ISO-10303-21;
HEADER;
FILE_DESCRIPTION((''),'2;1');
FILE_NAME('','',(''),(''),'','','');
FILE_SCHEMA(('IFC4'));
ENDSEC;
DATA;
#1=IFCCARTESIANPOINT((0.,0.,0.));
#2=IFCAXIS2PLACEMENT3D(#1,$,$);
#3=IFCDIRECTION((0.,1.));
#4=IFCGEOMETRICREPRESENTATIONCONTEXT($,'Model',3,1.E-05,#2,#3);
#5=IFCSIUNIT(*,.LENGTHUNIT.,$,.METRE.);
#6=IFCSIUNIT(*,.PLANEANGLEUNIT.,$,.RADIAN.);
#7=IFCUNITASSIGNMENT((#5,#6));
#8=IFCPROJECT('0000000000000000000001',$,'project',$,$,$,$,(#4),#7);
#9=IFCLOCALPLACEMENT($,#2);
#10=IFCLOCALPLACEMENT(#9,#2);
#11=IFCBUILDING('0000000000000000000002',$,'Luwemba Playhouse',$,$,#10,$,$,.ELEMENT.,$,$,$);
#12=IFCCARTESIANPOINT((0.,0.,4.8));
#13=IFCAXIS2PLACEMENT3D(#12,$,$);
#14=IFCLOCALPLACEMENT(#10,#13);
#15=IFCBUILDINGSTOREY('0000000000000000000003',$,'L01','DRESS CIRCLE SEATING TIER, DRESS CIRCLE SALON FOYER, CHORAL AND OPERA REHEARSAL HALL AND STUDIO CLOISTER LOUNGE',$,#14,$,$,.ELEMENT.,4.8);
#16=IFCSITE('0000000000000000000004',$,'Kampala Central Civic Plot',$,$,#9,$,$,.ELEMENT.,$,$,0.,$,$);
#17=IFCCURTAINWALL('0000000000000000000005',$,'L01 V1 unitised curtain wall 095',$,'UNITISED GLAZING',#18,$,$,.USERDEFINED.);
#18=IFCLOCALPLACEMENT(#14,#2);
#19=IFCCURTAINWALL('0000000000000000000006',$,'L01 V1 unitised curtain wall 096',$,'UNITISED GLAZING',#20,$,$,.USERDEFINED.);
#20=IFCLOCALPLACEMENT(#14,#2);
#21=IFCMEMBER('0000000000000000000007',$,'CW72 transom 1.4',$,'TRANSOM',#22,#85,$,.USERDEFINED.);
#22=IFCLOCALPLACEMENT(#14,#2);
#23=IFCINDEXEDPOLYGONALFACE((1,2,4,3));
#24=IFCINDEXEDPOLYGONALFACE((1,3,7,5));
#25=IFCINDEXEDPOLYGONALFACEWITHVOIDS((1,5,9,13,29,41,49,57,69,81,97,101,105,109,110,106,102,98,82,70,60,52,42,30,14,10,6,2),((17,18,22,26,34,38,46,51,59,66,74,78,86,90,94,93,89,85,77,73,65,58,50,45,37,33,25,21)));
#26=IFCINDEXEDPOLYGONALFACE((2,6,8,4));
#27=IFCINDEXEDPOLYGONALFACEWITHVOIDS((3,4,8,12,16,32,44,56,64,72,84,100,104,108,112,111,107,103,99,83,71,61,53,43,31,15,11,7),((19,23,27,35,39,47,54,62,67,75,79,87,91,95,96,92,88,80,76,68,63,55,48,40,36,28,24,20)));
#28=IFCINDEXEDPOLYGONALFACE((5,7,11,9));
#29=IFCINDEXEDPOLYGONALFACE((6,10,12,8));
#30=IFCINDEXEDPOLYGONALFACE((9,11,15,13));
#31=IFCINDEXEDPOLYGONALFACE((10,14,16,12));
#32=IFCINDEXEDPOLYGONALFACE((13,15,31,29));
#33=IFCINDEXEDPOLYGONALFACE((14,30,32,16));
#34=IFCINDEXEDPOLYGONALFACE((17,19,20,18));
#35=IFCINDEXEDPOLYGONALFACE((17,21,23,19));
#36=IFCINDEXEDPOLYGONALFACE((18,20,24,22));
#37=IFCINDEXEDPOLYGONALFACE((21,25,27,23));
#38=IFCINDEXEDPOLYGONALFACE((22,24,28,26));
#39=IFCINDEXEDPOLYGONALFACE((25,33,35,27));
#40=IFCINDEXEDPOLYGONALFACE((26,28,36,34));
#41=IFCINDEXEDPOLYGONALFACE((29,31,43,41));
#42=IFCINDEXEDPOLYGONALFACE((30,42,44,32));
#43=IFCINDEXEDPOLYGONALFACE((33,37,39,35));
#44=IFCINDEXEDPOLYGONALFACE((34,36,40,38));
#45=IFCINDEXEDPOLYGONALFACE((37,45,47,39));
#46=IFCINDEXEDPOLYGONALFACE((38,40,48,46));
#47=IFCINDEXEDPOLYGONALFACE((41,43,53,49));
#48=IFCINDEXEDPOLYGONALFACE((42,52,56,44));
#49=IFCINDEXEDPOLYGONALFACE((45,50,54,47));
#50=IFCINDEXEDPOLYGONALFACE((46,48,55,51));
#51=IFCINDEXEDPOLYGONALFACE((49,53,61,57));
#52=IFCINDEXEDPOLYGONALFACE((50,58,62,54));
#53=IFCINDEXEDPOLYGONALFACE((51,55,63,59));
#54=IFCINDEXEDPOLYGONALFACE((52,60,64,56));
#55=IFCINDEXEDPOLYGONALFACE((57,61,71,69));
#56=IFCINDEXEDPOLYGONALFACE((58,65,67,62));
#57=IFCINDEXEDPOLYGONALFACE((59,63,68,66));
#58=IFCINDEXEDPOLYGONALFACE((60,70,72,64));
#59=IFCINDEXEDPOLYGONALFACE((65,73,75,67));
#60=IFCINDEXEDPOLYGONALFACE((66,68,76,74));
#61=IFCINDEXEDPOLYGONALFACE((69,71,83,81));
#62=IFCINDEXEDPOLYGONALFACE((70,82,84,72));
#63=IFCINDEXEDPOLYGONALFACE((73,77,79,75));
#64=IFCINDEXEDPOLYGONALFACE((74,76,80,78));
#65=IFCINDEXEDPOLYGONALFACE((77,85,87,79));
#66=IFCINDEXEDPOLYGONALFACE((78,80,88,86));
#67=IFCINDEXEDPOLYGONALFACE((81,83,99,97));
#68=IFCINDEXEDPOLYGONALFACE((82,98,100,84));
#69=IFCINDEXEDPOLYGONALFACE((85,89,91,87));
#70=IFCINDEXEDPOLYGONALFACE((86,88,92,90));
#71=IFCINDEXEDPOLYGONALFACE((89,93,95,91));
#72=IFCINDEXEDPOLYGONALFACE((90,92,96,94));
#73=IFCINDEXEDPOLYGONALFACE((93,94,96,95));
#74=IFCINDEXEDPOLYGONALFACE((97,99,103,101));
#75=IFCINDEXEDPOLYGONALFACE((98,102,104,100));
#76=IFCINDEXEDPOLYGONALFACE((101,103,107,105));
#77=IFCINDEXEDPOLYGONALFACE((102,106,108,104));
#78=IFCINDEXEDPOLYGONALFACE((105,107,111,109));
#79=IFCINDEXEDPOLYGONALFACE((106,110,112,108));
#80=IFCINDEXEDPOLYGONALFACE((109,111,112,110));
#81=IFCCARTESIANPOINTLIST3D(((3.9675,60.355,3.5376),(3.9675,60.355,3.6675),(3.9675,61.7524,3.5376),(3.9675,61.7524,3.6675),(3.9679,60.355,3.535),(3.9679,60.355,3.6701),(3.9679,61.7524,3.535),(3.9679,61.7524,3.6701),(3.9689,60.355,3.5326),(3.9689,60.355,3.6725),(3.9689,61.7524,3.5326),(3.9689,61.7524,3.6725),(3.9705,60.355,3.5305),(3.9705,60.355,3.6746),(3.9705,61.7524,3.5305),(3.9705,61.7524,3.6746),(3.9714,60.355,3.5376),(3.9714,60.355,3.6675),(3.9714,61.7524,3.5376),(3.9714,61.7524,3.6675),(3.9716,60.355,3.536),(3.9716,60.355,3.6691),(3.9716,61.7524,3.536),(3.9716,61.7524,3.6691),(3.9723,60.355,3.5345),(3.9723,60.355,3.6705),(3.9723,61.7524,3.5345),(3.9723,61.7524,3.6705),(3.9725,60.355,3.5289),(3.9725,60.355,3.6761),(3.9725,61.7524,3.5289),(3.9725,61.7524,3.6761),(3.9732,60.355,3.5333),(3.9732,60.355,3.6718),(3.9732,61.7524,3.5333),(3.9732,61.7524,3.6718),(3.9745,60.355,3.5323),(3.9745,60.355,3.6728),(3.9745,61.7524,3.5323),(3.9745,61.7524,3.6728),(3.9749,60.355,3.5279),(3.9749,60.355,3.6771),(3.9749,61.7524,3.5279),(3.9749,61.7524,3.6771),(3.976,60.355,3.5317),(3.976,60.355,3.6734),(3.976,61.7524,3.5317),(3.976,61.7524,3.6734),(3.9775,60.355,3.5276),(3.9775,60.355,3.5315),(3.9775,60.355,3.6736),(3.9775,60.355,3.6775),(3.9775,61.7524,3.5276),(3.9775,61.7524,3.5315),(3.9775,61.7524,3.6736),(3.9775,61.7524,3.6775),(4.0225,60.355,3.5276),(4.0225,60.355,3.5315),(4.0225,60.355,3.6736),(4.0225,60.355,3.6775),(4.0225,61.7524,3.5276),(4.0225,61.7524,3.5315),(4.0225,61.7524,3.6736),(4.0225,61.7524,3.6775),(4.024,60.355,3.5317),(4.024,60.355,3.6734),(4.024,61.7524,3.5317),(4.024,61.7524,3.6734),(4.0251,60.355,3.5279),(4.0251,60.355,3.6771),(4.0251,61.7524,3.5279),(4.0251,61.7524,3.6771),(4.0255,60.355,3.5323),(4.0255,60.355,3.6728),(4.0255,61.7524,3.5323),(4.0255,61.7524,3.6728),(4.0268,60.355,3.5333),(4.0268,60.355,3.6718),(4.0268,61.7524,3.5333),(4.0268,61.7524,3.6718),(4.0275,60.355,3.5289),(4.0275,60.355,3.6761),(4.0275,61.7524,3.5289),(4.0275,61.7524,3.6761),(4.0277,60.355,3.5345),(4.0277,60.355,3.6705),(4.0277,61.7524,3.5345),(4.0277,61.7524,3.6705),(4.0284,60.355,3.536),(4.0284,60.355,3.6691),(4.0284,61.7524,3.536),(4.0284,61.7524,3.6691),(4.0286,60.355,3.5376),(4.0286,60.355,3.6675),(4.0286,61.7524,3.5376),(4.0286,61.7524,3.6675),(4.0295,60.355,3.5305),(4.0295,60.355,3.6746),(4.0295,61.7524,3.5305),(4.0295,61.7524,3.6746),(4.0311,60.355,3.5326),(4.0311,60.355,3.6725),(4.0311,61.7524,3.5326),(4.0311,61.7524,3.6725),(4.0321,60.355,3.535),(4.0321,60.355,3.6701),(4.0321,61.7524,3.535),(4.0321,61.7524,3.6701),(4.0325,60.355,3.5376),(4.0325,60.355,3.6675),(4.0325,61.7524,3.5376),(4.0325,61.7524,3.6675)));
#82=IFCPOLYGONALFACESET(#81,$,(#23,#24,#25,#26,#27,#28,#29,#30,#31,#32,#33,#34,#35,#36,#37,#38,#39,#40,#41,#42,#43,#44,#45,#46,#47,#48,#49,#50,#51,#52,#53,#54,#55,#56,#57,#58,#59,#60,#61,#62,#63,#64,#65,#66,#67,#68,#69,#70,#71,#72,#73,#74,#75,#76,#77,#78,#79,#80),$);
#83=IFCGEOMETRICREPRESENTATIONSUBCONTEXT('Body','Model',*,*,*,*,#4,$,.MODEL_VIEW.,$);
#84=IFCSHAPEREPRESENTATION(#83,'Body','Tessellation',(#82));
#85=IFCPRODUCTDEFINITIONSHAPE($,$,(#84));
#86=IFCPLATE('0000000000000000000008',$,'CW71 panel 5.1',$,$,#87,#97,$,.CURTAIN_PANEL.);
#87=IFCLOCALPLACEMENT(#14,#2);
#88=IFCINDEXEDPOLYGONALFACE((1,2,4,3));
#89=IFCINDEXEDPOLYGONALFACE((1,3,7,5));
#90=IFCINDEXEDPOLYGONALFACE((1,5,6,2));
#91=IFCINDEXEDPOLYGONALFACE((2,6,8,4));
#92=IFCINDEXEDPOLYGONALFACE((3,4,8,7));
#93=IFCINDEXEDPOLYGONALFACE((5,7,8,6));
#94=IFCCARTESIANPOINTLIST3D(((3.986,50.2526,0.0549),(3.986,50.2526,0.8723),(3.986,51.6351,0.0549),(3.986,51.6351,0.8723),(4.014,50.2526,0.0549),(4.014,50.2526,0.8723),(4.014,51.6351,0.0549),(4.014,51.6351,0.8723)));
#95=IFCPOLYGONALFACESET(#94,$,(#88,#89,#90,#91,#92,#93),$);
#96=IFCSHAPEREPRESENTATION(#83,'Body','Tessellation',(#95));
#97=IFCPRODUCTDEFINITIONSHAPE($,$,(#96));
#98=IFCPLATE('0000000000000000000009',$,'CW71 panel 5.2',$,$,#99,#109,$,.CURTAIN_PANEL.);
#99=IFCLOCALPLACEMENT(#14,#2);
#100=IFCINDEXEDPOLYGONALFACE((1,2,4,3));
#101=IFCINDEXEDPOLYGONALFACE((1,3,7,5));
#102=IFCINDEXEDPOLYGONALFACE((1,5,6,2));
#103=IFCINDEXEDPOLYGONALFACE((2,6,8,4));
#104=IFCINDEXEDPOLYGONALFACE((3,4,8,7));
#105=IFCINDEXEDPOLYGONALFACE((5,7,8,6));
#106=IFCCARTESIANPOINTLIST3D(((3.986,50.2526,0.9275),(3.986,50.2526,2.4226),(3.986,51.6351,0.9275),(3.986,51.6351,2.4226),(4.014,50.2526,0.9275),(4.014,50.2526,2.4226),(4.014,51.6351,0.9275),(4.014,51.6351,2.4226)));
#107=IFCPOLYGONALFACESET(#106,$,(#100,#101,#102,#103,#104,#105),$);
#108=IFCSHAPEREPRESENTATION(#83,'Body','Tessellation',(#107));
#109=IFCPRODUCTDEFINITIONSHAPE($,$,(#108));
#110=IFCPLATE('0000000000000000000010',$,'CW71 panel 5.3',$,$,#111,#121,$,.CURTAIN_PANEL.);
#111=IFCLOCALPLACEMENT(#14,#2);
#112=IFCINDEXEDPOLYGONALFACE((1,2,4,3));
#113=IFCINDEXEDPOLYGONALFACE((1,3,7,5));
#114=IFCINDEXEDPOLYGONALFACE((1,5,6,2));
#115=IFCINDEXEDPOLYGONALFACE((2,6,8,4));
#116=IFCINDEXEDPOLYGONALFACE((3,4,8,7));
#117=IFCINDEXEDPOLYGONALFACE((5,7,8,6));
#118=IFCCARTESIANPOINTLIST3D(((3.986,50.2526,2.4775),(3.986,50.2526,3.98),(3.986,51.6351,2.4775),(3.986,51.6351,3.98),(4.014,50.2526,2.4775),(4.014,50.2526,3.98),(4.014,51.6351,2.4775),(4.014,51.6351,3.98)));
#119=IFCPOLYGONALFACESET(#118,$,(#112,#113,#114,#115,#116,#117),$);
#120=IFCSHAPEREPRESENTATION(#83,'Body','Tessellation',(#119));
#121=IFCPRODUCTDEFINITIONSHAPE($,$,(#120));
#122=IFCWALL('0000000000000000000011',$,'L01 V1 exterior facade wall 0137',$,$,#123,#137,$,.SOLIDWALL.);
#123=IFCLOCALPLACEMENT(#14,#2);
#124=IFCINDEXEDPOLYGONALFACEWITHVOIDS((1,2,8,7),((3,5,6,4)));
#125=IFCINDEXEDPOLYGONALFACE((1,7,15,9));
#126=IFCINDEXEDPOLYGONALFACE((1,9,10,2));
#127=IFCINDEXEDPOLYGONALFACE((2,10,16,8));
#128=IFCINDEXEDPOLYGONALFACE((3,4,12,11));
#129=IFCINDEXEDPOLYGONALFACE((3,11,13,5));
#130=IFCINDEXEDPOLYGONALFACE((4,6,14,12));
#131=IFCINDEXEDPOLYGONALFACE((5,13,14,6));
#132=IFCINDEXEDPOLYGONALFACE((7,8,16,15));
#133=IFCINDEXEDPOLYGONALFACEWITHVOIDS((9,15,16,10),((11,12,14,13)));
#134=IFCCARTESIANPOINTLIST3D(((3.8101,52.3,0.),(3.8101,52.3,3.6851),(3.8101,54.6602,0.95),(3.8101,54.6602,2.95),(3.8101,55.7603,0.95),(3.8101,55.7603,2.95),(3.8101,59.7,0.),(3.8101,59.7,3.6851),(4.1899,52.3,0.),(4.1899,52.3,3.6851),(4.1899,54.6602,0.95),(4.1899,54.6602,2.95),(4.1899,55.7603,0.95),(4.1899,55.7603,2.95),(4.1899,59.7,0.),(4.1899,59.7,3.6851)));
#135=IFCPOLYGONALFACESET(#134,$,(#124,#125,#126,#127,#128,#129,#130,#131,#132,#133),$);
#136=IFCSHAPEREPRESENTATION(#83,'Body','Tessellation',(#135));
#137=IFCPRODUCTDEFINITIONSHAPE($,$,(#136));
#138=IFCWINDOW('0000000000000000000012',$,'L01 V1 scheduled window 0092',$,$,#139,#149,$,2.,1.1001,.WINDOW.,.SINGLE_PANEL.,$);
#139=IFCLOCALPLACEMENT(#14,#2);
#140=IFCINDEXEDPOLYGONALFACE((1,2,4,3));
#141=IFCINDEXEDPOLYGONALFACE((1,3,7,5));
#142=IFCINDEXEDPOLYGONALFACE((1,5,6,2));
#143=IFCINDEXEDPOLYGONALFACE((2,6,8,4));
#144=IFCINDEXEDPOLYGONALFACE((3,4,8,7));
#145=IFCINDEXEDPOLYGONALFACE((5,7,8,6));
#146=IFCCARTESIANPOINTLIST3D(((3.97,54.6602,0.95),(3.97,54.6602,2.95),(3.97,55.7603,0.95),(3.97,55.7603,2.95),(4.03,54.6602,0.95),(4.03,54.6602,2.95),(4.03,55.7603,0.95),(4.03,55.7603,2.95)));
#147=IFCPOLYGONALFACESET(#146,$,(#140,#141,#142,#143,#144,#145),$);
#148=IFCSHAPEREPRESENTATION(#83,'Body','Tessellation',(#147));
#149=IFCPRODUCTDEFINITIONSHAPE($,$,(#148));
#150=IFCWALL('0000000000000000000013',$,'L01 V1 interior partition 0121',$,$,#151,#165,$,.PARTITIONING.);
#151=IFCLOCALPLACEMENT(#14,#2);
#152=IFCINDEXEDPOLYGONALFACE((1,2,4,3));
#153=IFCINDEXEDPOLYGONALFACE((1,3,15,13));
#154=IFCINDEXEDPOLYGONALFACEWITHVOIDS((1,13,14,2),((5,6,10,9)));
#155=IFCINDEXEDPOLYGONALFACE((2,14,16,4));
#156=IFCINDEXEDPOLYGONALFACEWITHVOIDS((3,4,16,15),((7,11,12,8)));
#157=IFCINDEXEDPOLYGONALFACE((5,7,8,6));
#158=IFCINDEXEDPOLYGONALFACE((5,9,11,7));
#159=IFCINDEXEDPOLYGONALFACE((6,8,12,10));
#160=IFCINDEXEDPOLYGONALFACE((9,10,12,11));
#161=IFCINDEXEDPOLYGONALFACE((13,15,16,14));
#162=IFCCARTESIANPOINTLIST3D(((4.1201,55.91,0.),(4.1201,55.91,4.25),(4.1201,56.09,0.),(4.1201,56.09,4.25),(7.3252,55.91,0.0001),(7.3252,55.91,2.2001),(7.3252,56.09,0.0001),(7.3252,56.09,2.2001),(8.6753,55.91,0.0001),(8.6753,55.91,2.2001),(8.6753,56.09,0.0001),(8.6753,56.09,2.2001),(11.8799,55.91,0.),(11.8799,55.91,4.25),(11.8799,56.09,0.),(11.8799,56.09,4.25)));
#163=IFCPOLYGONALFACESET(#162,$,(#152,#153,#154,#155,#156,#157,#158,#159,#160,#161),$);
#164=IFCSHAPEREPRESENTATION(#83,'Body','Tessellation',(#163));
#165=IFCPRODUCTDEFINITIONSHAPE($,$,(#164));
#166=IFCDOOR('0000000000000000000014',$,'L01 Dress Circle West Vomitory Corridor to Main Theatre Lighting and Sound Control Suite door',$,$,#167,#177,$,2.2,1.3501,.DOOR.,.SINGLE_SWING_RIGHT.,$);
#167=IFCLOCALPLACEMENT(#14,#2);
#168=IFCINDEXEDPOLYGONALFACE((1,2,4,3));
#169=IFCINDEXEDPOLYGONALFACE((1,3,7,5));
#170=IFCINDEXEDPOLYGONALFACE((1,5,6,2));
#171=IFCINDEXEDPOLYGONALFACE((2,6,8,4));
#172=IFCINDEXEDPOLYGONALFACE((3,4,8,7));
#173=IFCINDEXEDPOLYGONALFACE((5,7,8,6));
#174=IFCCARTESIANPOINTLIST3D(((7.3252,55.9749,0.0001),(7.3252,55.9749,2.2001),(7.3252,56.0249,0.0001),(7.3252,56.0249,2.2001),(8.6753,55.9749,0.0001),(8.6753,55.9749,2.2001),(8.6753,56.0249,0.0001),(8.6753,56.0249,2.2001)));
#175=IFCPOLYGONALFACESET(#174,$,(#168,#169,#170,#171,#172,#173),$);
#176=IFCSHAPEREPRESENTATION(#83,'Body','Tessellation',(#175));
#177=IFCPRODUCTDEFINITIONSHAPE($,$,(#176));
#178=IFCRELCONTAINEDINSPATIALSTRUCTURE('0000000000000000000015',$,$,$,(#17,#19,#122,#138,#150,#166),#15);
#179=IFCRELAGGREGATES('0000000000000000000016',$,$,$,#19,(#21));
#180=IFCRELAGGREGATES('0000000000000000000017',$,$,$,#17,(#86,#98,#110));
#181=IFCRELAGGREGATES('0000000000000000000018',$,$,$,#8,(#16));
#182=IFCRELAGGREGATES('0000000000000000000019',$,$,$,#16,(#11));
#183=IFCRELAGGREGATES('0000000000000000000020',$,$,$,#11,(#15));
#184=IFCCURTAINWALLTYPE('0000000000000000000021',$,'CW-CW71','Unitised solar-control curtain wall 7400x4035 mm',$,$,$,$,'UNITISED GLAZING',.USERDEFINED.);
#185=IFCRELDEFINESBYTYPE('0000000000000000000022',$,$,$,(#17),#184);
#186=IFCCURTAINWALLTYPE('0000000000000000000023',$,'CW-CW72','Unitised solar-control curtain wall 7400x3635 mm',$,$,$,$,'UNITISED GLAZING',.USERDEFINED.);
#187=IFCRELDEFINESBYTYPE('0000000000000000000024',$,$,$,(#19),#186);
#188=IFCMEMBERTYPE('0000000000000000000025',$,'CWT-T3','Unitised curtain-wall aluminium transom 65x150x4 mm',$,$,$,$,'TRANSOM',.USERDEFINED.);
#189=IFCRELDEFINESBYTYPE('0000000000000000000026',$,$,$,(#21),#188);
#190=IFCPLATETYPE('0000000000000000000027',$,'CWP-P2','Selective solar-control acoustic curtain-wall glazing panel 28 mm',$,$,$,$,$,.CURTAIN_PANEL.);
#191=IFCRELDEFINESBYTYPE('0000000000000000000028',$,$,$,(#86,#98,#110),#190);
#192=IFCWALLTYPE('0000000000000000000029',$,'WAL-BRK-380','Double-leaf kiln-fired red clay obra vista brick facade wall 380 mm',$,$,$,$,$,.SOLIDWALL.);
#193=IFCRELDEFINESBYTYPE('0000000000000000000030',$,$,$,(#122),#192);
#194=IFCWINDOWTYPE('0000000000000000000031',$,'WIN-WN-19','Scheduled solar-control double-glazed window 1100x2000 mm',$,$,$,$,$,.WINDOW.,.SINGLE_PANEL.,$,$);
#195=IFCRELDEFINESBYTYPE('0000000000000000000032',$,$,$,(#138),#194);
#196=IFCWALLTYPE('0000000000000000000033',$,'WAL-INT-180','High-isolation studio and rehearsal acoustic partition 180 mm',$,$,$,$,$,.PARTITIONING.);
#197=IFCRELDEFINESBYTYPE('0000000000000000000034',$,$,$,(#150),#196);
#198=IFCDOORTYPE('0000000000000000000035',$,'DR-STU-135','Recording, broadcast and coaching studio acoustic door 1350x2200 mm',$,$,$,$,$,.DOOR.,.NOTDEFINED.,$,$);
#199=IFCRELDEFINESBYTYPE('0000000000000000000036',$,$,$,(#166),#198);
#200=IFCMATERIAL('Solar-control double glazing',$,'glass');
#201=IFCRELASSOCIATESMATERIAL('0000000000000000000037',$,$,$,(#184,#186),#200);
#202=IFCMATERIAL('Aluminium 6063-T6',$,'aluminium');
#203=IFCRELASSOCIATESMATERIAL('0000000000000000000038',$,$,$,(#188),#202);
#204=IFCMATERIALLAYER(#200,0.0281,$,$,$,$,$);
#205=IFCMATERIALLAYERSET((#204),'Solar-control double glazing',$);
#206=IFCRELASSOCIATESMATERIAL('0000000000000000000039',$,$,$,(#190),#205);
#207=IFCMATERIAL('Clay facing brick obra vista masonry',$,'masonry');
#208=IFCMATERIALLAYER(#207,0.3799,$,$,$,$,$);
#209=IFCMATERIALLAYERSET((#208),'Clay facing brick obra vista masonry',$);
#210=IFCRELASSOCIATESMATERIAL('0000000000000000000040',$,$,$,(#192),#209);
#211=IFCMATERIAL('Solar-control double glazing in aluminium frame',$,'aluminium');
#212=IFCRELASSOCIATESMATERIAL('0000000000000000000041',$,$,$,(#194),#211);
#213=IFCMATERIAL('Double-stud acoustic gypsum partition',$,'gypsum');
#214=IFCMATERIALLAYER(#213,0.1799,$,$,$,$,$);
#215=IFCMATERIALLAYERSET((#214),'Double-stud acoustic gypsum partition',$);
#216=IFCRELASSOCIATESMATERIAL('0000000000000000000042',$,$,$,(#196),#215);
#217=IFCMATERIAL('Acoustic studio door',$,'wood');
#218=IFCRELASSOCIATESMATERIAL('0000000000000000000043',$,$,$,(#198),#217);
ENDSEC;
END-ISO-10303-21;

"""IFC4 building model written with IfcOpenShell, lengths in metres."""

from ifc_helpers import new_model, si_unit, direction, frame, frame_2d, origin, origin_2d, place, context, subcontext, project, spatial, rectangle, hollow_rectangle, extrude, material, layer, layer_set, material_profile, profile_set, type_object, element, fill, aggregate, save


model = new_model("IFC4")

# Units and contexts
model_context = context("Model", 3, precision=1e-05, world=origin(), true_north=direction((0.0, 1.0)))
body_context = subcontext(model_context, "Body", "Model", "MODEL_VIEW")
ifc_project = project(units=[si_unit("LENGTHUNIT", "METRE"), si_unit("PLANEANGLEUNIT", "RADIAN")], contexts=[model_context])

# Site, building, storey
site_placement = place(None, origin())
site = spatial("IfcSite", under=ifc_project, at=site_placement, Name="Kampala Central Civic Plot", CompositionType="ELEMENT", RefElevation=0.0)
building_placement = place(site_placement, origin())
building = spatial("IfcBuilding", under=site, at=building_placement, Name="Luwemba Playhouse", CompositionType="ELEMENT")
storey_placement = place(building_placement, frame((0.0, 0.0, 4.8)))
storey = spatial("IfcBuildingStorey", under=building, at=storey_placement, Name="L01", Description="DRESS CIRCLE SEATING TIER, DRESS CIRCLE SALON FOYER, CHORAL AND OPERA REHEARSAL HALL AND STUDIO CLOISTER LOUNGE", CompositionType="ELEMENT", Elevation=4.8)

# Curtain walls
ifc_material_1 = material(Name="Solar-control double glazing", Category="glass")
curtain_wall_type_1 = type_object("IfcCurtainWallType", Name="CW-CW71", Description="Unitised solar-control curtain wall 7400x4035 mm", ElementType="UNITISED GLAZING", PredefinedType="USERDEFINED", material=ifc_material_1)
curtain_wall_1_placement = place(storey_placement, origin())
curtain_wall_1 = element("IfcCurtainWall", 1, at=curtain_wall_1_placement, inside=storey, type_object=curtain_wall_type_1, Name="L01 V1 unitised curtain wall 095", ObjectType="UNITISED GLAZING", PredefinedType="USERDEFINED")
ifc_material_2 = material(Name="Aluminium 6063-T6", Category="aluminium")
curtain_wall_type_2 = type_object("IfcCurtainWallType", Name="CW-CW72", Description="Unitised solar-control curtain wall 7400x3635 mm", ElementType="UNITISED GLAZING", PredefinedType="USERDEFINED", material=ifc_material_1)
curtain_wall_2_placement = place(storey_placement, origin())
curtain_wall_2 = element("IfcCurtainWall", 2, at=curtain_wall_2_placement, inside=storey, type_object=curtain_wall_type_2, Name="L01 V1 unitised curtain wall 096", ObjectType="UNITISED GLAZING", PredefinedType="USERDEFINED")

# Member
ifc_material_profile_1 = material_profile(ifc_material_2, hollow_rectangle(XDim=0.0649, YDim=0.1499, WallThickness=0.0039, InnerFilletRadius=0.0061, OuterFilletRadius=0.01, at=origin_2d()))
ifc_profile_set_1 = profile_set([ifc_material_profile_1], Name="Aluminium 6063-T6")
member_type_1 = type_object("IfcMemberType", Name="CWT-T3", Description="Unitised curtain-wall aluminium transom 65x150x4 mm", ElementType="TRANSOM", PredefinedType="USERDEFINED", material=ifc_profile_set_1)
member_1_placement = place(storey_placement, frame((4.0, 60.355, 3.6025), z_axis=(0.0, 1.0, 0.0), x_axis=(-1.0, 0.0, 0.0)))
member_1 = element("IfcMember", 3, at=member_1_placement, type_object=member_type_1, Name="CW72 transom 1.4", ObjectType="TRANSOM", PredefinedType="USERDEFINED", context=body_context, shape_type="SweptSolid", body=[
    extrude(hollow_rectangle(XDim=0.0649, YDim=0.1499, WallThickness=0.0039, InnerFilletRadius=0.0061, OuterFilletRadius=0.01, at=origin_2d()), origin(), (0.0, 0.0, 1.0), 1.3975),
])
aggregate(curtain_wall_2, [member_1])

# Plates
ifc_layer_1 = layer(ifc_material_1, 0.0281)
ifc_layer_set_1 = layer_set([ifc_layer_1], Name="Solar-control double glazing")
plate_type = type_object("IfcPlateType", Name="CWP-P2", Description="Selective solar-control acoustic curtain-wall glazing panel 28 mm", PredefinedType="CURTAIN_PANEL", material=ifc_layer_set_1)
plate_1_placement = place(storey_placement, frame((4.0, 50.9438, 0.0549), z_axis=(0.0, 0.0, 1.0), x_axis=(0.0, 1.0, 0.0)))
plate_1 = element("IfcPlate", 4, at=plate_1_placement, type_object=plate_type, Name="CW71 panel 5.1", PredefinedType="CURTAIN_PANEL", context=body_context, shape_type="SweptSolid", body=[
    extrude(rectangle(XDim=1.3826, YDim=0.0281, at=origin_2d()), origin(), (0.0, 0.0, 1.0), 0.8174),
])
plate_2_placement = place(storey_placement, frame((4.0, 50.9438, 0.9275), z_axis=(0.0, 0.0, 1.0), x_axis=(0.0, 1.0, 0.0)))
plate_2 = element("IfcPlate", 5, at=plate_2_placement, type_object=plate_type, Name="CW71 panel 5.2", PredefinedType="CURTAIN_PANEL", context=body_context, shape_type="SweptSolid", body=[
    extrude(rectangle(XDim=1.3826, YDim=0.0281, at=origin_2d()), origin(), (0.0, 0.0, 1.0), 1.4951),
])
plate_3_placement = place(storey_placement, frame((4.0, 50.9438, 2.4775), z_axis=(0.0, 0.0, 1.0), x_axis=(0.0, 1.0, 0.0)))
plate_3 = element("IfcPlate", 6, at=plate_3_placement, type_object=plate_type, Name="CW71 panel 5.3", PredefinedType="CURTAIN_PANEL", context=body_context, shape_type="SweptSolid", body=[
    extrude(rectangle(XDim=1.3826, YDim=0.0281, at=origin_2d()), origin(), (0.0, 0.0, 1.0), 1.5024),
])
aggregate(curtain_wall_1, [plate_1, plate_2, plate_3])

# Wall, opening, window
ifc_material_3 = material(Name="Clay facing brick obra vista masonry", Category="masonry")
ifc_layer_2 = layer(ifc_material_3, 0.3799)
ifc_layer_set_2 = layer_set([ifc_layer_2], Name="Clay facing brick obra vista masonry")
wall_type_1 = type_object("IfcWallType", Name="WAL-BRK-380", Description="Double-leaf kiln-fired red clay obra vista brick facade wall 380 mm", PredefinedType="SOLIDWALL", material=ifc_layer_set_2)
wall_1_placement = place(storey_placement, frame((4.0, 52.3, 0.0), z_axis=(0.0, 0.0, 1.0), x_axis=(0.0, 1.0, 0.0)))
wall_1 = element("IfcWall", 7, at=wall_1_placement, inside=storey, type_object=wall_type_1, Name="L01 V1 exterior facade wall 0137", PredefinedType="SOLIDWALL", context=body_context, shape_type="SweptSolid", body=[
    extrude(rectangle(XDim=7.3999, YDim=0.3799, at=frame_2d((3.7, 0.0))), origin(), (0.0, 0.0, 1.0), 3.6851),
])
opening_1_placement = place(wall_1_placement, frame((2.3601, 0.0, 0.95)))
opening_1 = element("IfcOpeningElement", 8, at=opening_1_placement, cuts=wall_1, PredefinedType="OPENING", context=body_context, shape_type="SweptSolid", body=[
    extrude(rectangle(XDim=1.1001, YDim=2.0, at=frame_2d((0.55, 1.0))), frame((0.0, 0.2, 0.0), z_axis=(0.0, -1.0, 0.0), x_axis=(1.0, 0.0, 0.0)), (0.0, 0.0, 1.0), 0.3999),
])
ifc_material_4 = material(Name="Solar-control double glazing in aluminium frame", Category="aluminium")
window_type = type_object("IfcWindowType", Name="WIN-WN-19", Description="Scheduled solar-control double-glazed window 1100x2000 mm", PartitioningType="SINGLE_PANEL", PredefinedType="WINDOW", material=ifc_material_4)
window_placement = place(opening_1_placement, origin())
window = element("IfcWindow", 9, at=window_placement, inside=storey, type_object=window_type, Name="L01 V1 scheduled window 0092", OverallHeight=2.0, OverallWidth=1.1001, PartitioningType="SINGLE_PANEL", PredefinedType="WINDOW", context=body_context, shape_type="SweptSolid", body=[
    extrude(rectangle(XDim=1.1001, YDim=2.0, at=frame_2d((0.55, 1.0))), frame((0.0, 0.03, 0.0), z_axis=(0.0, -1.0, 0.0), x_axis=(1.0, 0.0, 0.0)), (0.0, 0.0, 1.0), 0.0601),
])
fill(opening_1, window)

# Wall, opening, door
ifc_material_5 = material(Name="Double-stud acoustic gypsum partition", Category="gypsum")
ifc_layer_3 = layer(ifc_material_5, 0.1799)
ifc_layer_set_3 = layer_set([ifc_layer_3], Name="Double-stud acoustic gypsum partition")
wall_type_2 = type_object("IfcWallType", Name="WAL-INT-180", Description="High-isolation studio and rehearsal acoustic partition 180 mm", PredefinedType="PARTITIONING", material=ifc_layer_set_3)
wall_2_placement = place(storey_placement, frame((4.1201, 56.0, 0.0), z_axis=(0.0, 0.0, 1.0), x_axis=(1.0, 0.0, 0.0)))
wall_2 = element("IfcWall", 10, at=wall_2_placement, inside=storey, type_object=wall_type_2, Name="L01 V1 interior partition 0121", PredefinedType="PARTITIONING", context=body_context, shape_type="SweptSolid", body=[
    extrude(rectangle(XDim=7.7598, YDim=0.1799, at=frame_2d((3.8799, 0.0))), origin(), (0.0, 0.0, 1.0), 4.25),
])
opening_2_placement = place(wall_2_placement, frame((3.2051, 0.0, 0.0)))
opening_2 = element("IfcOpeningElement", 11, at=opening_2_placement, cuts=wall_2, PredefinedType="OPENING", context=body_context, shape_type="SweptSolid", body=[
    extrude(rectangle(XDim=1.3501, YDim=2.2, at=frame_2d((0.675, 1.1001))), frame((0.0, 0.0999, 0.0), z_axis=(0.0, -1.0, 0.0), x_axis=(1.0, 0.0, 0.0)), (0.0, 0.0, 1.0), 0.2),
])
ifc_material_6 = material(Name="Acoustic studio door", Category="wood")
door_type = type_object("IfcDoorType", Name="DR-STU-135", Description="Recording, broadcast and coaching studio acoustic door 1350x2200 mm", OperationType="NOTDEFINED", PredefinedType="DOOR", material=ifc_material_6)
door_placement = place(opening_2_placement, origin())
door = element("IfcDoor", 12, at=door_placement, inside=storey, type_object=door_type, Name="L01 Dress Circle West Vomitory Corridor to Main Theatre Lighting and Sound Control Suite door", OperationType="SINGLE_SWING_RIGHT", OverallHeight=2.2, OverallWidth=1.3501, PredefinedType="DOOR", context=body_context, shape_type="SweptSolid", body=[
    extrude(rectangle(XDim=1.3501, YDim=2.2, at=frame_2d((0.675, 1.1001))), frame((0.0, 0.0249, 0.0), z_axis=(0.0, -1.0, 0.0), x_axis=(1.0, 0.0, 0.0)), (0.0, 0.0, 1.0), 0.05),
])
fill(opening_2, door)

save(model, "model.ifc")
